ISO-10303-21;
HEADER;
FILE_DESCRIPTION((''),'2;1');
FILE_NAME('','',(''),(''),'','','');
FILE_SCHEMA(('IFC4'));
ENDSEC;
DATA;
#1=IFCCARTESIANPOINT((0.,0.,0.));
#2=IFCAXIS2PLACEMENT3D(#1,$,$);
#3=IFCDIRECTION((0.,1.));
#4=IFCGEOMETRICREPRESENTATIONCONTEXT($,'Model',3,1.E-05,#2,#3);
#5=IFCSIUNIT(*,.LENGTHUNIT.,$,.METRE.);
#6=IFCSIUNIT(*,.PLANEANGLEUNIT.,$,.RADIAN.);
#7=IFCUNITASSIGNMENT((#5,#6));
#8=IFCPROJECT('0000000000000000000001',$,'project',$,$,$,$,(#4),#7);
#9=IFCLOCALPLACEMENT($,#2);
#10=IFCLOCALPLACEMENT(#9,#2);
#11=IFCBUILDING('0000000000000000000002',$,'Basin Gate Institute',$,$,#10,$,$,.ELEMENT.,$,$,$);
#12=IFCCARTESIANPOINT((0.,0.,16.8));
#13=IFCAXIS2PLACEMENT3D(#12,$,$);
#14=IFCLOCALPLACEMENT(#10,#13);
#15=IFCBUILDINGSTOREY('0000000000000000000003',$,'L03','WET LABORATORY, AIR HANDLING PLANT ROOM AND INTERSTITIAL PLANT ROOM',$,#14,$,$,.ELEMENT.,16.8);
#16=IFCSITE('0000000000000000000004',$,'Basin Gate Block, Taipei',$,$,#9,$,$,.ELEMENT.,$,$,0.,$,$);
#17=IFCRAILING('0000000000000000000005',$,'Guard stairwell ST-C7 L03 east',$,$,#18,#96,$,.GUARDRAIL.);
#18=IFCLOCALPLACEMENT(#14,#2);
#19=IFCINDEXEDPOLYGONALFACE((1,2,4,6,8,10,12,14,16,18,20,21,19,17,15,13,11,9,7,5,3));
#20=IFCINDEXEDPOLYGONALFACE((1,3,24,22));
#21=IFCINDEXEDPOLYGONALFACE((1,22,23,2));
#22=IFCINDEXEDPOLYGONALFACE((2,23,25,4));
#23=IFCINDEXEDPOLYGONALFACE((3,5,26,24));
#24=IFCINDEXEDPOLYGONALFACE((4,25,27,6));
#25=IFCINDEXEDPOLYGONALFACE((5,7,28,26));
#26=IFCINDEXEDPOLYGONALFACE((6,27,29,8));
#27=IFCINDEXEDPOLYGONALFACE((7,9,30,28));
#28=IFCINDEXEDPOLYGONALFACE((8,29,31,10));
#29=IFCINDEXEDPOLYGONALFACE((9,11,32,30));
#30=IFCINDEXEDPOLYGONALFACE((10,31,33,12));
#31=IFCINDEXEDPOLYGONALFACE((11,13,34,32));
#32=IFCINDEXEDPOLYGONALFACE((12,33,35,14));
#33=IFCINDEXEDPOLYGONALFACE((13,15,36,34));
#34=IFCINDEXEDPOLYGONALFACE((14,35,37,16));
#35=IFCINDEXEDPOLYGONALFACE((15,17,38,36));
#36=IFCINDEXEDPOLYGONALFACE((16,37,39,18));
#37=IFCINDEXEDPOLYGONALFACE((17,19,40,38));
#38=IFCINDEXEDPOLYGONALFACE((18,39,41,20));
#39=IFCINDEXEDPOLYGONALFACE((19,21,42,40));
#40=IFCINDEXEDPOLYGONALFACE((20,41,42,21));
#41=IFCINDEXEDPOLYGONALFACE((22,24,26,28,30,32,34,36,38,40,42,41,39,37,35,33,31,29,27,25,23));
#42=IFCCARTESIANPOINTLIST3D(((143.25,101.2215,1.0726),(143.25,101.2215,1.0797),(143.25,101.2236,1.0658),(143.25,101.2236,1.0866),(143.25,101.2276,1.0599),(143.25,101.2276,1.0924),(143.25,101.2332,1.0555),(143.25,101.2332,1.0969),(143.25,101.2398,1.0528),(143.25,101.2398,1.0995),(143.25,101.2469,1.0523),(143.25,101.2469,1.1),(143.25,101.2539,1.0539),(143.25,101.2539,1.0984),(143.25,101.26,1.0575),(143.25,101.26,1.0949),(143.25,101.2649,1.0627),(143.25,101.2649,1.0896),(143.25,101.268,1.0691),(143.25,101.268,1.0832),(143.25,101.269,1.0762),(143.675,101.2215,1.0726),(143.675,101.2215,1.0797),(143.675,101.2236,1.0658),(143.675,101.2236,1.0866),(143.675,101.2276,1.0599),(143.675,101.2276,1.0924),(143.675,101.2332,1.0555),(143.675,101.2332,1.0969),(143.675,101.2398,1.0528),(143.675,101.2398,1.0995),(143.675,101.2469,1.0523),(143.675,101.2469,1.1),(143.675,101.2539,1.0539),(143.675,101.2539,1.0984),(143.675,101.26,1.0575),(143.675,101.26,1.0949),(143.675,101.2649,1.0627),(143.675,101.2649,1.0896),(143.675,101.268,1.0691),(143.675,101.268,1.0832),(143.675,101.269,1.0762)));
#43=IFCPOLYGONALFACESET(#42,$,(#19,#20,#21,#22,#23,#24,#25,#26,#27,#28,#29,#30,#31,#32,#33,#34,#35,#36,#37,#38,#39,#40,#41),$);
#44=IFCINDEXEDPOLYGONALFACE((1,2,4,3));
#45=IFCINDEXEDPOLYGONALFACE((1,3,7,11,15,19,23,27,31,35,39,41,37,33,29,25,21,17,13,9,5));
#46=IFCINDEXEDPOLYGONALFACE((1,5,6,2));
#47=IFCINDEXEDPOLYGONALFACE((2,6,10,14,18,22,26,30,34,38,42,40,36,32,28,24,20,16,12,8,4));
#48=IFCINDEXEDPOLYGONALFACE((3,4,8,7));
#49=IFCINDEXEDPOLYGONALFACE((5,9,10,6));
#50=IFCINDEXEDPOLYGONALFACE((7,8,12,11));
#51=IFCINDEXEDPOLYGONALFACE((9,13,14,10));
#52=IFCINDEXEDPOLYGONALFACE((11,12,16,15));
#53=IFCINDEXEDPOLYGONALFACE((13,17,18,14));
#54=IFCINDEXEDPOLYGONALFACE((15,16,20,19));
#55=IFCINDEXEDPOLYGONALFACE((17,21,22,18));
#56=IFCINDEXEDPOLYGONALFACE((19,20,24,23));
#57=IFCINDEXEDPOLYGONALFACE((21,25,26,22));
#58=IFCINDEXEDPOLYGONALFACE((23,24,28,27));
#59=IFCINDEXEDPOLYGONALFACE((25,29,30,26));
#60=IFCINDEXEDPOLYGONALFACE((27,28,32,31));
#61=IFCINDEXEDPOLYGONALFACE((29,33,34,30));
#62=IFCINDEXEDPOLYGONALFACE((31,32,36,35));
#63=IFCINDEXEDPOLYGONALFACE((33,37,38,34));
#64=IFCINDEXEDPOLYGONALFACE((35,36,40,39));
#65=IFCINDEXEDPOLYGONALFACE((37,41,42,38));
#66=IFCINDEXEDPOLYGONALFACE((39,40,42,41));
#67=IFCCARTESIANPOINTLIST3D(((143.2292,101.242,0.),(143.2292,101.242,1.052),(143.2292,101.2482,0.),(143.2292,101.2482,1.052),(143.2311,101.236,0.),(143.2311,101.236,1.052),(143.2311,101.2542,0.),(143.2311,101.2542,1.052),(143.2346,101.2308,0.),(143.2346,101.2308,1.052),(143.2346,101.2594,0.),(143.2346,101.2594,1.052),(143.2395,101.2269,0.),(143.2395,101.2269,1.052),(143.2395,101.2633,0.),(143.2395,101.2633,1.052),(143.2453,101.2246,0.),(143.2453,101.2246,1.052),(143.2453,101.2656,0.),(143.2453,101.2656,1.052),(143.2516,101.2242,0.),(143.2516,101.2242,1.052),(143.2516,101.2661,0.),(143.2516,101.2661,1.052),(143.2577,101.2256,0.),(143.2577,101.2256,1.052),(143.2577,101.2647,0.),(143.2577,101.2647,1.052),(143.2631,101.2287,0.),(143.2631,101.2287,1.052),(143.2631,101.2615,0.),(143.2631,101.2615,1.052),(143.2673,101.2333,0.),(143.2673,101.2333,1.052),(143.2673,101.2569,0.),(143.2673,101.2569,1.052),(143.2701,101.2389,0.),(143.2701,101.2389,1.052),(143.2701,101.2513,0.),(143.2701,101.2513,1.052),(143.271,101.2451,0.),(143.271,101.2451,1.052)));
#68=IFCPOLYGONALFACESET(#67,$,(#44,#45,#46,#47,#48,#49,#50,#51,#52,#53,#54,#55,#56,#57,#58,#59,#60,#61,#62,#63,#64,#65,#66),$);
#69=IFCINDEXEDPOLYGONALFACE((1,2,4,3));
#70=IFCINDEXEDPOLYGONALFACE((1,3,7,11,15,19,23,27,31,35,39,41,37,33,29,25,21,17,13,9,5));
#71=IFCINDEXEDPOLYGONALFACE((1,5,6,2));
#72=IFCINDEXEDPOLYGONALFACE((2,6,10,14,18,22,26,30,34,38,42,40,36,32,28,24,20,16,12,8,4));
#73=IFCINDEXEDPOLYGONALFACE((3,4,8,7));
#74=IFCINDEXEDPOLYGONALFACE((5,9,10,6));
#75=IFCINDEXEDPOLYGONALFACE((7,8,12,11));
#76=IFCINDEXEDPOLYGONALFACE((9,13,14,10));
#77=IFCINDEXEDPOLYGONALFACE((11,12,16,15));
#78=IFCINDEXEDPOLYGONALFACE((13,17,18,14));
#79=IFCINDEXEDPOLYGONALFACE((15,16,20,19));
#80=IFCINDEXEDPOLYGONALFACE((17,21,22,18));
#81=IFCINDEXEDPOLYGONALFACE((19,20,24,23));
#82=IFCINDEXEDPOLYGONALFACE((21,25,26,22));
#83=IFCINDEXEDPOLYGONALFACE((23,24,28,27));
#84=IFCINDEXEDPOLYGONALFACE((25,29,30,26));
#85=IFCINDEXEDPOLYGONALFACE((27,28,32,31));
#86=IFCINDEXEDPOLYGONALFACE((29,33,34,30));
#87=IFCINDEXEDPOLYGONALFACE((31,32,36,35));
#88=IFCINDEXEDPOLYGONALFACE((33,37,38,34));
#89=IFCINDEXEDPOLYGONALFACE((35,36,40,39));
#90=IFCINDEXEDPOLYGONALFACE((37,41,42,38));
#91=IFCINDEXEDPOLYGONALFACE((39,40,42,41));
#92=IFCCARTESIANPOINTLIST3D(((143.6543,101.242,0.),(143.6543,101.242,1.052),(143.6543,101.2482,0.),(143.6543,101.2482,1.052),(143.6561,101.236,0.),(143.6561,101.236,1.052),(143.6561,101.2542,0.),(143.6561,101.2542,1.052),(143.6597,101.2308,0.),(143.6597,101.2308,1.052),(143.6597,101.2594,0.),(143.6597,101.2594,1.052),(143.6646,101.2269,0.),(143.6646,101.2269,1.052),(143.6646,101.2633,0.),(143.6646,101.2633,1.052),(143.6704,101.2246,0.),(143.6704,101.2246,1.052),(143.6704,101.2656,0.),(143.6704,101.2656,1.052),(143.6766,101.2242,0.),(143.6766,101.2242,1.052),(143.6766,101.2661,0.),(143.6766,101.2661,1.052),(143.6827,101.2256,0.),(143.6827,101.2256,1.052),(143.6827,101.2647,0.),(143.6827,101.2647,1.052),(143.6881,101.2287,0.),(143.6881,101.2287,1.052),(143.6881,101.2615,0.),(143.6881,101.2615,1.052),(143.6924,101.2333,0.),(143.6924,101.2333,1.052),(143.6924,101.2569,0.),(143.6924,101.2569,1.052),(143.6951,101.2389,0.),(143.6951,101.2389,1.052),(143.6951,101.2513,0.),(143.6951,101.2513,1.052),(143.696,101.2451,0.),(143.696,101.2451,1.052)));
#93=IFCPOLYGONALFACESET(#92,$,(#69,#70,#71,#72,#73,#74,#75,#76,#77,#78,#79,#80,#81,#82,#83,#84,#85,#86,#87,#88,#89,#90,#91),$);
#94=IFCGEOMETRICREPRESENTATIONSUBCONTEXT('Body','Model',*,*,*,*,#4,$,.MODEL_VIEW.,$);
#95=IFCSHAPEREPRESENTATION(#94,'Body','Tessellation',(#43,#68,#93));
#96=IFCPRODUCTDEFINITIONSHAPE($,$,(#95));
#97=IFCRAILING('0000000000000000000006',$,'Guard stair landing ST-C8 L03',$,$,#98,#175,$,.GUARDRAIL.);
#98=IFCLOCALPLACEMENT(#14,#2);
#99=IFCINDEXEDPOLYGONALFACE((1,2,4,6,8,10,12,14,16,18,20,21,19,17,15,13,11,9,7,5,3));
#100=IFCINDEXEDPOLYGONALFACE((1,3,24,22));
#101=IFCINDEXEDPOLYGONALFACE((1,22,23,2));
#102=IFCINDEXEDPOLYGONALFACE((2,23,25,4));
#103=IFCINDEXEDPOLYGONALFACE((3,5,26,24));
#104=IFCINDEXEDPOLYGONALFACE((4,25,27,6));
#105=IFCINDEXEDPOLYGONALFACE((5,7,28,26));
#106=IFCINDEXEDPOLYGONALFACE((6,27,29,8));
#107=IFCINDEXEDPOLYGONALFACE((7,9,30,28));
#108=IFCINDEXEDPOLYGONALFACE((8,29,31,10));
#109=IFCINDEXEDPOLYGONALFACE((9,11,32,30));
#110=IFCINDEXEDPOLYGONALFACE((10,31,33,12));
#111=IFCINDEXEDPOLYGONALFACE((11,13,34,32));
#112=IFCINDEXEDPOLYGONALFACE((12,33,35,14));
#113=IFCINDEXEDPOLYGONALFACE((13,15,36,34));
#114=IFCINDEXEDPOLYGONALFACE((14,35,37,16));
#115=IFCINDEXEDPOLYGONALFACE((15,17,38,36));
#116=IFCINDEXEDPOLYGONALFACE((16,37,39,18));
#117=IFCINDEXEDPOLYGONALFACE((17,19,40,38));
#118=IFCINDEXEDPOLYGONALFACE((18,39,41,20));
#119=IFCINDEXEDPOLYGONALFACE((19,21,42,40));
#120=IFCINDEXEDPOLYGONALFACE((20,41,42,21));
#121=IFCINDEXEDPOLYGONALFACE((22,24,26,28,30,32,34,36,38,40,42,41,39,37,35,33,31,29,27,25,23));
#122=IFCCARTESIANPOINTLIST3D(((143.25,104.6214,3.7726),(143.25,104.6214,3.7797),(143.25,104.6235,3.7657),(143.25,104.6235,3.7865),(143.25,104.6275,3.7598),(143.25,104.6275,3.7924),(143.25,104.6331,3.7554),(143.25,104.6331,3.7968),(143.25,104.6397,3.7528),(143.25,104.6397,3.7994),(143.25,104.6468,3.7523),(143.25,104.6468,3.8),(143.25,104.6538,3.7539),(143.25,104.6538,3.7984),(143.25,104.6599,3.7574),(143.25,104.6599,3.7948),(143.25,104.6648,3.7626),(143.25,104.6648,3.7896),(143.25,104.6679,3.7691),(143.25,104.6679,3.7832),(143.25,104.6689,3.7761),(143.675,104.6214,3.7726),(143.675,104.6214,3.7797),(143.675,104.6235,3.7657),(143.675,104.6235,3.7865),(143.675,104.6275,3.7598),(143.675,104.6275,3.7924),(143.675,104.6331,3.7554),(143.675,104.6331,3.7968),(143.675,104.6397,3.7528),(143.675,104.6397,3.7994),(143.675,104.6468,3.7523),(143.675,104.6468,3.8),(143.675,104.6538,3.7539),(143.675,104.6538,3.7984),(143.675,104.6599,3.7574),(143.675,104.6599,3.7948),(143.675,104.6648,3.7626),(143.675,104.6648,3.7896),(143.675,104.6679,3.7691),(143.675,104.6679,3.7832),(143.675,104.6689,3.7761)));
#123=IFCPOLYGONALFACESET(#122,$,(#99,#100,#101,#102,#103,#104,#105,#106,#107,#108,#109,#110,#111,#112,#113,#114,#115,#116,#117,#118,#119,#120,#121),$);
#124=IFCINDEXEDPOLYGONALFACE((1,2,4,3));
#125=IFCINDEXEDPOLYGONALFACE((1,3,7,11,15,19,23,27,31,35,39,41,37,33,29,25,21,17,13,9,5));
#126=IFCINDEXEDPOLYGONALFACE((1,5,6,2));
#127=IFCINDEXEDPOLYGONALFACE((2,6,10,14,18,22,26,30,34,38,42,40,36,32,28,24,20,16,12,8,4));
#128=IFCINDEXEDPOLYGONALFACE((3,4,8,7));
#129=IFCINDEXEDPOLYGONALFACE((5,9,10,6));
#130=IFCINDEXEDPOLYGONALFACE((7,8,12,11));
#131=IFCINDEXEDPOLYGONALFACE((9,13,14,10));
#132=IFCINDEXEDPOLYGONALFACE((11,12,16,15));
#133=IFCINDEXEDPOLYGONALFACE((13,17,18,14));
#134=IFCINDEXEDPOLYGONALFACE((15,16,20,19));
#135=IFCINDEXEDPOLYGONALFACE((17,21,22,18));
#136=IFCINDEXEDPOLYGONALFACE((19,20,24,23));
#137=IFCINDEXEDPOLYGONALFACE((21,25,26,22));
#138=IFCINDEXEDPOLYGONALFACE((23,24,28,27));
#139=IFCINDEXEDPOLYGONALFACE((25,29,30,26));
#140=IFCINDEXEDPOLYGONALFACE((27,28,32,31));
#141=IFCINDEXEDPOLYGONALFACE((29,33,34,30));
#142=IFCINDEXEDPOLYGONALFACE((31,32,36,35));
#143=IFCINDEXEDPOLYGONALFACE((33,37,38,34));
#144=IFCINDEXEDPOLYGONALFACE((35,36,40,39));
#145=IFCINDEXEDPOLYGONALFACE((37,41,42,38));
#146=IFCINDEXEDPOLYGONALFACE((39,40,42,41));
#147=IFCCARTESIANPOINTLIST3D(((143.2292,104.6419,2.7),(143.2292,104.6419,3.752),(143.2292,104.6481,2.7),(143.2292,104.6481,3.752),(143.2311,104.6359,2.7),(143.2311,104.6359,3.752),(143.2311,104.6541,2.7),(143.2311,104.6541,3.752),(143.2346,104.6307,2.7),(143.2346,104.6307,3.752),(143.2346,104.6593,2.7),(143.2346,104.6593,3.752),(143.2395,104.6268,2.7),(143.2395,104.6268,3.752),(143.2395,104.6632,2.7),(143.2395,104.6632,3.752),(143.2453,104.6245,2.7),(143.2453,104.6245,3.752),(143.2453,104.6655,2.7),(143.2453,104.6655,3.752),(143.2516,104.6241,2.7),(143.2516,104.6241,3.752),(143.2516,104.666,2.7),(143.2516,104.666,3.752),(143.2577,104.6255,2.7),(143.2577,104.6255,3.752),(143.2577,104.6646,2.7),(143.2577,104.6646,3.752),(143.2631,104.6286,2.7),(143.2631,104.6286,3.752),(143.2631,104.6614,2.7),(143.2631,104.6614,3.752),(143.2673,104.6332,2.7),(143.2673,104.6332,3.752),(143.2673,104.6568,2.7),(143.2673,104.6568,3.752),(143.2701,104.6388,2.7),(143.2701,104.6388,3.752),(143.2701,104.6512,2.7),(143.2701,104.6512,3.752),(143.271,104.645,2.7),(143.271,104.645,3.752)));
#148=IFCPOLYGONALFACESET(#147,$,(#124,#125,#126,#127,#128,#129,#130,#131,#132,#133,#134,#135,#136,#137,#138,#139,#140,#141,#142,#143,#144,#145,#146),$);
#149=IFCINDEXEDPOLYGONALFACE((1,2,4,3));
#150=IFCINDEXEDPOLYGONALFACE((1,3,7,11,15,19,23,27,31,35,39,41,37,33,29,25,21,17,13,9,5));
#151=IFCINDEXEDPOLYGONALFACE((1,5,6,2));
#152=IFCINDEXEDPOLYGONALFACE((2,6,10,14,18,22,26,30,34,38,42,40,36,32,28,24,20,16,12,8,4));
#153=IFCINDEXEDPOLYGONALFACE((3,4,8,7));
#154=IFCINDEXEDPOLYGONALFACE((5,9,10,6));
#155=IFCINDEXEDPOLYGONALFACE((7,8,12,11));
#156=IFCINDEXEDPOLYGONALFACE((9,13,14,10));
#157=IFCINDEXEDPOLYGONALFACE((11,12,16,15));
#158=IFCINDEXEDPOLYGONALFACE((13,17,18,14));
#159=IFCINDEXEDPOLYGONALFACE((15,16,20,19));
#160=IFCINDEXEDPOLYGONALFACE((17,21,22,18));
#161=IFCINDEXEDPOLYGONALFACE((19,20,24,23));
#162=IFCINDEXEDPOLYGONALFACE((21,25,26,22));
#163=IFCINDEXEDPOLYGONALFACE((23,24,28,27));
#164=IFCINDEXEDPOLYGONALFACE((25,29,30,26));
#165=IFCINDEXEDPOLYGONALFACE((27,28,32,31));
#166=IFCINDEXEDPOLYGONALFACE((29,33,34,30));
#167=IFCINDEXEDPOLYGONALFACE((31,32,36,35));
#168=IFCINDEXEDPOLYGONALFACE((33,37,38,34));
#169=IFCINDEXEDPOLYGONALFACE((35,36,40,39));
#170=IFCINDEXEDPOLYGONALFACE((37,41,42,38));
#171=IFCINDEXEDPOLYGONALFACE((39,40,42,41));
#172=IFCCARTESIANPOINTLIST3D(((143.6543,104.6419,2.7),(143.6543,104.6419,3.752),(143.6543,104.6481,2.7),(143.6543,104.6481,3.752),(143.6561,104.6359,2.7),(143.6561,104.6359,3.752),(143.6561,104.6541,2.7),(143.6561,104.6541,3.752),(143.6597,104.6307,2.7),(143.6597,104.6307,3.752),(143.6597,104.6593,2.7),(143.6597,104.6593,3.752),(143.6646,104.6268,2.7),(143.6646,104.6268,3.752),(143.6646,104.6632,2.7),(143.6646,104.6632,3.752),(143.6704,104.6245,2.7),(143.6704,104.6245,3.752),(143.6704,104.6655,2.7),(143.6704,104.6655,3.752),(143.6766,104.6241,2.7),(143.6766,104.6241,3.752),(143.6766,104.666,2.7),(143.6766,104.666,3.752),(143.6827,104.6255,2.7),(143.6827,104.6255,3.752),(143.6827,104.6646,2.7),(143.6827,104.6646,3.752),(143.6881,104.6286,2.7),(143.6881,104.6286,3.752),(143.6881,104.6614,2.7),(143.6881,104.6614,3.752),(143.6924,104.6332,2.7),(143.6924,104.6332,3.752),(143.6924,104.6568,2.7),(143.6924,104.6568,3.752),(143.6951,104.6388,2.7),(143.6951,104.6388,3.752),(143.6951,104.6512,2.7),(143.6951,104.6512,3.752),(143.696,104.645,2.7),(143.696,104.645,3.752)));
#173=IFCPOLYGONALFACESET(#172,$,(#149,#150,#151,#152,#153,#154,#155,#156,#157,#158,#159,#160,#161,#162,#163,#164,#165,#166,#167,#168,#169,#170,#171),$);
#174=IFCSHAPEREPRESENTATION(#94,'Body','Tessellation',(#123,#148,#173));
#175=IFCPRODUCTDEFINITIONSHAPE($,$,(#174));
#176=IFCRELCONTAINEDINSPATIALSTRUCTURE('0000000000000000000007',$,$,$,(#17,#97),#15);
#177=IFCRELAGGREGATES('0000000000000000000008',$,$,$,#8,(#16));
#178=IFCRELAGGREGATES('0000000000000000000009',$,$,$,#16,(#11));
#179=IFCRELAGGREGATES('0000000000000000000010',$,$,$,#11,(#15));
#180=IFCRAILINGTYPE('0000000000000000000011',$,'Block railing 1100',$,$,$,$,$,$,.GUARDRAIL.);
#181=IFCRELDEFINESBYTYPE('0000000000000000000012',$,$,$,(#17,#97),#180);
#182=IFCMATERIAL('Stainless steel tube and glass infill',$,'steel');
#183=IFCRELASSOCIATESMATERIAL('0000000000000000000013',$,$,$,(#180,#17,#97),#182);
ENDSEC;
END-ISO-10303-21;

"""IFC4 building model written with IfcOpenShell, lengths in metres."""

from ifc_helpers import new_model, si_unit, direction, frame, origin, origin_2d, place, context, subcontext, project, spatial, circle, extrude, material, type_object, element, save


model = new_model("IFC4")

# Units and contexts
model_context = context("Model", 3, precision=1e-05, world=origin(), true_north=direction((0.0, 1.0)))
body_context = subcontext(model_context, "Body", "Model", "MODEL_VIEW")
ifc_project = project(units=[si_unit("LENGTHUNIT", "METRE"), si_unit("PLANEANGLEUNIT", "RADIAN")], contexts=[model_context])

# Site, building, storey
site_placement = place(None, origin())
site = spatial("IfcSite", under=ifc_project, at=site_placement, Name="Basin Gate Block, Taipei", CompositionType="ELEMENT", RefElevation=0.0)
building_placement = place(site_placement, origin())
building = spatial("IfcBuilding", under=site, at=building_placement, Name="Basin Gate Institute", CompositionType="ELEMENT")
storey_placement = place(building_placement, frame((0.0, 0.0, 16.8)))
storey = spatial("IfcBuildingStorey", under=building, at=storey_placement, Name="L03", Description="WET LABORATORY, AIR HANDLING PLANT ROOM AND INTERSTITIAL PLANT ROOM", CompositionType="ELEMENT", Elevation=16.8)

# Railings
ifc_material_1 = material(Name="Stainless steel tube and glass infill", Category="steel")
railing_type_1 = type_object("IfcRailingType", Name="Block railing 1100", PredefinedType="GUARDRAIL", material=ifc_material_1)
for number, where, name in (
    (1, (143.25, 101.2451, 0.0), "Guard stairwell ST-C7 L03 east"),
    (2, (143.25, 104.645, 2.7), "Guard stair landing ST-C8 L03"),
):
    element("IfcRailing", number, at=place(storey_placement, frame(where)), inside=storey, type_object=railing_type_1, material=ifc_material_1, Name=name, PredefinedType="GUARDRAIL", context=body_context, shape_type="SweptSolid", body=[
        extrude(circle(Radius=0.0239, at=origin_2d()), frame((0.0, 0.0, 1.0762), z_axis=(1.0, 0.0, 0.0), x_axis=(0.0, 1.0, 0.0)), (0.0, 0.0, 1.0), 0.425),
        extrude(circle(Radius=0.021, at=origin_2d()), origin(), (0.0, 0.0, 1.0), 1.052),
        extrude(circle(Radius=0.021, at=origin_2d()), frame((0.425, 0.0, 0.0)), (0.0, 0.0, 1.0), 1.052),
    ])

save(model, "model.ifc")
